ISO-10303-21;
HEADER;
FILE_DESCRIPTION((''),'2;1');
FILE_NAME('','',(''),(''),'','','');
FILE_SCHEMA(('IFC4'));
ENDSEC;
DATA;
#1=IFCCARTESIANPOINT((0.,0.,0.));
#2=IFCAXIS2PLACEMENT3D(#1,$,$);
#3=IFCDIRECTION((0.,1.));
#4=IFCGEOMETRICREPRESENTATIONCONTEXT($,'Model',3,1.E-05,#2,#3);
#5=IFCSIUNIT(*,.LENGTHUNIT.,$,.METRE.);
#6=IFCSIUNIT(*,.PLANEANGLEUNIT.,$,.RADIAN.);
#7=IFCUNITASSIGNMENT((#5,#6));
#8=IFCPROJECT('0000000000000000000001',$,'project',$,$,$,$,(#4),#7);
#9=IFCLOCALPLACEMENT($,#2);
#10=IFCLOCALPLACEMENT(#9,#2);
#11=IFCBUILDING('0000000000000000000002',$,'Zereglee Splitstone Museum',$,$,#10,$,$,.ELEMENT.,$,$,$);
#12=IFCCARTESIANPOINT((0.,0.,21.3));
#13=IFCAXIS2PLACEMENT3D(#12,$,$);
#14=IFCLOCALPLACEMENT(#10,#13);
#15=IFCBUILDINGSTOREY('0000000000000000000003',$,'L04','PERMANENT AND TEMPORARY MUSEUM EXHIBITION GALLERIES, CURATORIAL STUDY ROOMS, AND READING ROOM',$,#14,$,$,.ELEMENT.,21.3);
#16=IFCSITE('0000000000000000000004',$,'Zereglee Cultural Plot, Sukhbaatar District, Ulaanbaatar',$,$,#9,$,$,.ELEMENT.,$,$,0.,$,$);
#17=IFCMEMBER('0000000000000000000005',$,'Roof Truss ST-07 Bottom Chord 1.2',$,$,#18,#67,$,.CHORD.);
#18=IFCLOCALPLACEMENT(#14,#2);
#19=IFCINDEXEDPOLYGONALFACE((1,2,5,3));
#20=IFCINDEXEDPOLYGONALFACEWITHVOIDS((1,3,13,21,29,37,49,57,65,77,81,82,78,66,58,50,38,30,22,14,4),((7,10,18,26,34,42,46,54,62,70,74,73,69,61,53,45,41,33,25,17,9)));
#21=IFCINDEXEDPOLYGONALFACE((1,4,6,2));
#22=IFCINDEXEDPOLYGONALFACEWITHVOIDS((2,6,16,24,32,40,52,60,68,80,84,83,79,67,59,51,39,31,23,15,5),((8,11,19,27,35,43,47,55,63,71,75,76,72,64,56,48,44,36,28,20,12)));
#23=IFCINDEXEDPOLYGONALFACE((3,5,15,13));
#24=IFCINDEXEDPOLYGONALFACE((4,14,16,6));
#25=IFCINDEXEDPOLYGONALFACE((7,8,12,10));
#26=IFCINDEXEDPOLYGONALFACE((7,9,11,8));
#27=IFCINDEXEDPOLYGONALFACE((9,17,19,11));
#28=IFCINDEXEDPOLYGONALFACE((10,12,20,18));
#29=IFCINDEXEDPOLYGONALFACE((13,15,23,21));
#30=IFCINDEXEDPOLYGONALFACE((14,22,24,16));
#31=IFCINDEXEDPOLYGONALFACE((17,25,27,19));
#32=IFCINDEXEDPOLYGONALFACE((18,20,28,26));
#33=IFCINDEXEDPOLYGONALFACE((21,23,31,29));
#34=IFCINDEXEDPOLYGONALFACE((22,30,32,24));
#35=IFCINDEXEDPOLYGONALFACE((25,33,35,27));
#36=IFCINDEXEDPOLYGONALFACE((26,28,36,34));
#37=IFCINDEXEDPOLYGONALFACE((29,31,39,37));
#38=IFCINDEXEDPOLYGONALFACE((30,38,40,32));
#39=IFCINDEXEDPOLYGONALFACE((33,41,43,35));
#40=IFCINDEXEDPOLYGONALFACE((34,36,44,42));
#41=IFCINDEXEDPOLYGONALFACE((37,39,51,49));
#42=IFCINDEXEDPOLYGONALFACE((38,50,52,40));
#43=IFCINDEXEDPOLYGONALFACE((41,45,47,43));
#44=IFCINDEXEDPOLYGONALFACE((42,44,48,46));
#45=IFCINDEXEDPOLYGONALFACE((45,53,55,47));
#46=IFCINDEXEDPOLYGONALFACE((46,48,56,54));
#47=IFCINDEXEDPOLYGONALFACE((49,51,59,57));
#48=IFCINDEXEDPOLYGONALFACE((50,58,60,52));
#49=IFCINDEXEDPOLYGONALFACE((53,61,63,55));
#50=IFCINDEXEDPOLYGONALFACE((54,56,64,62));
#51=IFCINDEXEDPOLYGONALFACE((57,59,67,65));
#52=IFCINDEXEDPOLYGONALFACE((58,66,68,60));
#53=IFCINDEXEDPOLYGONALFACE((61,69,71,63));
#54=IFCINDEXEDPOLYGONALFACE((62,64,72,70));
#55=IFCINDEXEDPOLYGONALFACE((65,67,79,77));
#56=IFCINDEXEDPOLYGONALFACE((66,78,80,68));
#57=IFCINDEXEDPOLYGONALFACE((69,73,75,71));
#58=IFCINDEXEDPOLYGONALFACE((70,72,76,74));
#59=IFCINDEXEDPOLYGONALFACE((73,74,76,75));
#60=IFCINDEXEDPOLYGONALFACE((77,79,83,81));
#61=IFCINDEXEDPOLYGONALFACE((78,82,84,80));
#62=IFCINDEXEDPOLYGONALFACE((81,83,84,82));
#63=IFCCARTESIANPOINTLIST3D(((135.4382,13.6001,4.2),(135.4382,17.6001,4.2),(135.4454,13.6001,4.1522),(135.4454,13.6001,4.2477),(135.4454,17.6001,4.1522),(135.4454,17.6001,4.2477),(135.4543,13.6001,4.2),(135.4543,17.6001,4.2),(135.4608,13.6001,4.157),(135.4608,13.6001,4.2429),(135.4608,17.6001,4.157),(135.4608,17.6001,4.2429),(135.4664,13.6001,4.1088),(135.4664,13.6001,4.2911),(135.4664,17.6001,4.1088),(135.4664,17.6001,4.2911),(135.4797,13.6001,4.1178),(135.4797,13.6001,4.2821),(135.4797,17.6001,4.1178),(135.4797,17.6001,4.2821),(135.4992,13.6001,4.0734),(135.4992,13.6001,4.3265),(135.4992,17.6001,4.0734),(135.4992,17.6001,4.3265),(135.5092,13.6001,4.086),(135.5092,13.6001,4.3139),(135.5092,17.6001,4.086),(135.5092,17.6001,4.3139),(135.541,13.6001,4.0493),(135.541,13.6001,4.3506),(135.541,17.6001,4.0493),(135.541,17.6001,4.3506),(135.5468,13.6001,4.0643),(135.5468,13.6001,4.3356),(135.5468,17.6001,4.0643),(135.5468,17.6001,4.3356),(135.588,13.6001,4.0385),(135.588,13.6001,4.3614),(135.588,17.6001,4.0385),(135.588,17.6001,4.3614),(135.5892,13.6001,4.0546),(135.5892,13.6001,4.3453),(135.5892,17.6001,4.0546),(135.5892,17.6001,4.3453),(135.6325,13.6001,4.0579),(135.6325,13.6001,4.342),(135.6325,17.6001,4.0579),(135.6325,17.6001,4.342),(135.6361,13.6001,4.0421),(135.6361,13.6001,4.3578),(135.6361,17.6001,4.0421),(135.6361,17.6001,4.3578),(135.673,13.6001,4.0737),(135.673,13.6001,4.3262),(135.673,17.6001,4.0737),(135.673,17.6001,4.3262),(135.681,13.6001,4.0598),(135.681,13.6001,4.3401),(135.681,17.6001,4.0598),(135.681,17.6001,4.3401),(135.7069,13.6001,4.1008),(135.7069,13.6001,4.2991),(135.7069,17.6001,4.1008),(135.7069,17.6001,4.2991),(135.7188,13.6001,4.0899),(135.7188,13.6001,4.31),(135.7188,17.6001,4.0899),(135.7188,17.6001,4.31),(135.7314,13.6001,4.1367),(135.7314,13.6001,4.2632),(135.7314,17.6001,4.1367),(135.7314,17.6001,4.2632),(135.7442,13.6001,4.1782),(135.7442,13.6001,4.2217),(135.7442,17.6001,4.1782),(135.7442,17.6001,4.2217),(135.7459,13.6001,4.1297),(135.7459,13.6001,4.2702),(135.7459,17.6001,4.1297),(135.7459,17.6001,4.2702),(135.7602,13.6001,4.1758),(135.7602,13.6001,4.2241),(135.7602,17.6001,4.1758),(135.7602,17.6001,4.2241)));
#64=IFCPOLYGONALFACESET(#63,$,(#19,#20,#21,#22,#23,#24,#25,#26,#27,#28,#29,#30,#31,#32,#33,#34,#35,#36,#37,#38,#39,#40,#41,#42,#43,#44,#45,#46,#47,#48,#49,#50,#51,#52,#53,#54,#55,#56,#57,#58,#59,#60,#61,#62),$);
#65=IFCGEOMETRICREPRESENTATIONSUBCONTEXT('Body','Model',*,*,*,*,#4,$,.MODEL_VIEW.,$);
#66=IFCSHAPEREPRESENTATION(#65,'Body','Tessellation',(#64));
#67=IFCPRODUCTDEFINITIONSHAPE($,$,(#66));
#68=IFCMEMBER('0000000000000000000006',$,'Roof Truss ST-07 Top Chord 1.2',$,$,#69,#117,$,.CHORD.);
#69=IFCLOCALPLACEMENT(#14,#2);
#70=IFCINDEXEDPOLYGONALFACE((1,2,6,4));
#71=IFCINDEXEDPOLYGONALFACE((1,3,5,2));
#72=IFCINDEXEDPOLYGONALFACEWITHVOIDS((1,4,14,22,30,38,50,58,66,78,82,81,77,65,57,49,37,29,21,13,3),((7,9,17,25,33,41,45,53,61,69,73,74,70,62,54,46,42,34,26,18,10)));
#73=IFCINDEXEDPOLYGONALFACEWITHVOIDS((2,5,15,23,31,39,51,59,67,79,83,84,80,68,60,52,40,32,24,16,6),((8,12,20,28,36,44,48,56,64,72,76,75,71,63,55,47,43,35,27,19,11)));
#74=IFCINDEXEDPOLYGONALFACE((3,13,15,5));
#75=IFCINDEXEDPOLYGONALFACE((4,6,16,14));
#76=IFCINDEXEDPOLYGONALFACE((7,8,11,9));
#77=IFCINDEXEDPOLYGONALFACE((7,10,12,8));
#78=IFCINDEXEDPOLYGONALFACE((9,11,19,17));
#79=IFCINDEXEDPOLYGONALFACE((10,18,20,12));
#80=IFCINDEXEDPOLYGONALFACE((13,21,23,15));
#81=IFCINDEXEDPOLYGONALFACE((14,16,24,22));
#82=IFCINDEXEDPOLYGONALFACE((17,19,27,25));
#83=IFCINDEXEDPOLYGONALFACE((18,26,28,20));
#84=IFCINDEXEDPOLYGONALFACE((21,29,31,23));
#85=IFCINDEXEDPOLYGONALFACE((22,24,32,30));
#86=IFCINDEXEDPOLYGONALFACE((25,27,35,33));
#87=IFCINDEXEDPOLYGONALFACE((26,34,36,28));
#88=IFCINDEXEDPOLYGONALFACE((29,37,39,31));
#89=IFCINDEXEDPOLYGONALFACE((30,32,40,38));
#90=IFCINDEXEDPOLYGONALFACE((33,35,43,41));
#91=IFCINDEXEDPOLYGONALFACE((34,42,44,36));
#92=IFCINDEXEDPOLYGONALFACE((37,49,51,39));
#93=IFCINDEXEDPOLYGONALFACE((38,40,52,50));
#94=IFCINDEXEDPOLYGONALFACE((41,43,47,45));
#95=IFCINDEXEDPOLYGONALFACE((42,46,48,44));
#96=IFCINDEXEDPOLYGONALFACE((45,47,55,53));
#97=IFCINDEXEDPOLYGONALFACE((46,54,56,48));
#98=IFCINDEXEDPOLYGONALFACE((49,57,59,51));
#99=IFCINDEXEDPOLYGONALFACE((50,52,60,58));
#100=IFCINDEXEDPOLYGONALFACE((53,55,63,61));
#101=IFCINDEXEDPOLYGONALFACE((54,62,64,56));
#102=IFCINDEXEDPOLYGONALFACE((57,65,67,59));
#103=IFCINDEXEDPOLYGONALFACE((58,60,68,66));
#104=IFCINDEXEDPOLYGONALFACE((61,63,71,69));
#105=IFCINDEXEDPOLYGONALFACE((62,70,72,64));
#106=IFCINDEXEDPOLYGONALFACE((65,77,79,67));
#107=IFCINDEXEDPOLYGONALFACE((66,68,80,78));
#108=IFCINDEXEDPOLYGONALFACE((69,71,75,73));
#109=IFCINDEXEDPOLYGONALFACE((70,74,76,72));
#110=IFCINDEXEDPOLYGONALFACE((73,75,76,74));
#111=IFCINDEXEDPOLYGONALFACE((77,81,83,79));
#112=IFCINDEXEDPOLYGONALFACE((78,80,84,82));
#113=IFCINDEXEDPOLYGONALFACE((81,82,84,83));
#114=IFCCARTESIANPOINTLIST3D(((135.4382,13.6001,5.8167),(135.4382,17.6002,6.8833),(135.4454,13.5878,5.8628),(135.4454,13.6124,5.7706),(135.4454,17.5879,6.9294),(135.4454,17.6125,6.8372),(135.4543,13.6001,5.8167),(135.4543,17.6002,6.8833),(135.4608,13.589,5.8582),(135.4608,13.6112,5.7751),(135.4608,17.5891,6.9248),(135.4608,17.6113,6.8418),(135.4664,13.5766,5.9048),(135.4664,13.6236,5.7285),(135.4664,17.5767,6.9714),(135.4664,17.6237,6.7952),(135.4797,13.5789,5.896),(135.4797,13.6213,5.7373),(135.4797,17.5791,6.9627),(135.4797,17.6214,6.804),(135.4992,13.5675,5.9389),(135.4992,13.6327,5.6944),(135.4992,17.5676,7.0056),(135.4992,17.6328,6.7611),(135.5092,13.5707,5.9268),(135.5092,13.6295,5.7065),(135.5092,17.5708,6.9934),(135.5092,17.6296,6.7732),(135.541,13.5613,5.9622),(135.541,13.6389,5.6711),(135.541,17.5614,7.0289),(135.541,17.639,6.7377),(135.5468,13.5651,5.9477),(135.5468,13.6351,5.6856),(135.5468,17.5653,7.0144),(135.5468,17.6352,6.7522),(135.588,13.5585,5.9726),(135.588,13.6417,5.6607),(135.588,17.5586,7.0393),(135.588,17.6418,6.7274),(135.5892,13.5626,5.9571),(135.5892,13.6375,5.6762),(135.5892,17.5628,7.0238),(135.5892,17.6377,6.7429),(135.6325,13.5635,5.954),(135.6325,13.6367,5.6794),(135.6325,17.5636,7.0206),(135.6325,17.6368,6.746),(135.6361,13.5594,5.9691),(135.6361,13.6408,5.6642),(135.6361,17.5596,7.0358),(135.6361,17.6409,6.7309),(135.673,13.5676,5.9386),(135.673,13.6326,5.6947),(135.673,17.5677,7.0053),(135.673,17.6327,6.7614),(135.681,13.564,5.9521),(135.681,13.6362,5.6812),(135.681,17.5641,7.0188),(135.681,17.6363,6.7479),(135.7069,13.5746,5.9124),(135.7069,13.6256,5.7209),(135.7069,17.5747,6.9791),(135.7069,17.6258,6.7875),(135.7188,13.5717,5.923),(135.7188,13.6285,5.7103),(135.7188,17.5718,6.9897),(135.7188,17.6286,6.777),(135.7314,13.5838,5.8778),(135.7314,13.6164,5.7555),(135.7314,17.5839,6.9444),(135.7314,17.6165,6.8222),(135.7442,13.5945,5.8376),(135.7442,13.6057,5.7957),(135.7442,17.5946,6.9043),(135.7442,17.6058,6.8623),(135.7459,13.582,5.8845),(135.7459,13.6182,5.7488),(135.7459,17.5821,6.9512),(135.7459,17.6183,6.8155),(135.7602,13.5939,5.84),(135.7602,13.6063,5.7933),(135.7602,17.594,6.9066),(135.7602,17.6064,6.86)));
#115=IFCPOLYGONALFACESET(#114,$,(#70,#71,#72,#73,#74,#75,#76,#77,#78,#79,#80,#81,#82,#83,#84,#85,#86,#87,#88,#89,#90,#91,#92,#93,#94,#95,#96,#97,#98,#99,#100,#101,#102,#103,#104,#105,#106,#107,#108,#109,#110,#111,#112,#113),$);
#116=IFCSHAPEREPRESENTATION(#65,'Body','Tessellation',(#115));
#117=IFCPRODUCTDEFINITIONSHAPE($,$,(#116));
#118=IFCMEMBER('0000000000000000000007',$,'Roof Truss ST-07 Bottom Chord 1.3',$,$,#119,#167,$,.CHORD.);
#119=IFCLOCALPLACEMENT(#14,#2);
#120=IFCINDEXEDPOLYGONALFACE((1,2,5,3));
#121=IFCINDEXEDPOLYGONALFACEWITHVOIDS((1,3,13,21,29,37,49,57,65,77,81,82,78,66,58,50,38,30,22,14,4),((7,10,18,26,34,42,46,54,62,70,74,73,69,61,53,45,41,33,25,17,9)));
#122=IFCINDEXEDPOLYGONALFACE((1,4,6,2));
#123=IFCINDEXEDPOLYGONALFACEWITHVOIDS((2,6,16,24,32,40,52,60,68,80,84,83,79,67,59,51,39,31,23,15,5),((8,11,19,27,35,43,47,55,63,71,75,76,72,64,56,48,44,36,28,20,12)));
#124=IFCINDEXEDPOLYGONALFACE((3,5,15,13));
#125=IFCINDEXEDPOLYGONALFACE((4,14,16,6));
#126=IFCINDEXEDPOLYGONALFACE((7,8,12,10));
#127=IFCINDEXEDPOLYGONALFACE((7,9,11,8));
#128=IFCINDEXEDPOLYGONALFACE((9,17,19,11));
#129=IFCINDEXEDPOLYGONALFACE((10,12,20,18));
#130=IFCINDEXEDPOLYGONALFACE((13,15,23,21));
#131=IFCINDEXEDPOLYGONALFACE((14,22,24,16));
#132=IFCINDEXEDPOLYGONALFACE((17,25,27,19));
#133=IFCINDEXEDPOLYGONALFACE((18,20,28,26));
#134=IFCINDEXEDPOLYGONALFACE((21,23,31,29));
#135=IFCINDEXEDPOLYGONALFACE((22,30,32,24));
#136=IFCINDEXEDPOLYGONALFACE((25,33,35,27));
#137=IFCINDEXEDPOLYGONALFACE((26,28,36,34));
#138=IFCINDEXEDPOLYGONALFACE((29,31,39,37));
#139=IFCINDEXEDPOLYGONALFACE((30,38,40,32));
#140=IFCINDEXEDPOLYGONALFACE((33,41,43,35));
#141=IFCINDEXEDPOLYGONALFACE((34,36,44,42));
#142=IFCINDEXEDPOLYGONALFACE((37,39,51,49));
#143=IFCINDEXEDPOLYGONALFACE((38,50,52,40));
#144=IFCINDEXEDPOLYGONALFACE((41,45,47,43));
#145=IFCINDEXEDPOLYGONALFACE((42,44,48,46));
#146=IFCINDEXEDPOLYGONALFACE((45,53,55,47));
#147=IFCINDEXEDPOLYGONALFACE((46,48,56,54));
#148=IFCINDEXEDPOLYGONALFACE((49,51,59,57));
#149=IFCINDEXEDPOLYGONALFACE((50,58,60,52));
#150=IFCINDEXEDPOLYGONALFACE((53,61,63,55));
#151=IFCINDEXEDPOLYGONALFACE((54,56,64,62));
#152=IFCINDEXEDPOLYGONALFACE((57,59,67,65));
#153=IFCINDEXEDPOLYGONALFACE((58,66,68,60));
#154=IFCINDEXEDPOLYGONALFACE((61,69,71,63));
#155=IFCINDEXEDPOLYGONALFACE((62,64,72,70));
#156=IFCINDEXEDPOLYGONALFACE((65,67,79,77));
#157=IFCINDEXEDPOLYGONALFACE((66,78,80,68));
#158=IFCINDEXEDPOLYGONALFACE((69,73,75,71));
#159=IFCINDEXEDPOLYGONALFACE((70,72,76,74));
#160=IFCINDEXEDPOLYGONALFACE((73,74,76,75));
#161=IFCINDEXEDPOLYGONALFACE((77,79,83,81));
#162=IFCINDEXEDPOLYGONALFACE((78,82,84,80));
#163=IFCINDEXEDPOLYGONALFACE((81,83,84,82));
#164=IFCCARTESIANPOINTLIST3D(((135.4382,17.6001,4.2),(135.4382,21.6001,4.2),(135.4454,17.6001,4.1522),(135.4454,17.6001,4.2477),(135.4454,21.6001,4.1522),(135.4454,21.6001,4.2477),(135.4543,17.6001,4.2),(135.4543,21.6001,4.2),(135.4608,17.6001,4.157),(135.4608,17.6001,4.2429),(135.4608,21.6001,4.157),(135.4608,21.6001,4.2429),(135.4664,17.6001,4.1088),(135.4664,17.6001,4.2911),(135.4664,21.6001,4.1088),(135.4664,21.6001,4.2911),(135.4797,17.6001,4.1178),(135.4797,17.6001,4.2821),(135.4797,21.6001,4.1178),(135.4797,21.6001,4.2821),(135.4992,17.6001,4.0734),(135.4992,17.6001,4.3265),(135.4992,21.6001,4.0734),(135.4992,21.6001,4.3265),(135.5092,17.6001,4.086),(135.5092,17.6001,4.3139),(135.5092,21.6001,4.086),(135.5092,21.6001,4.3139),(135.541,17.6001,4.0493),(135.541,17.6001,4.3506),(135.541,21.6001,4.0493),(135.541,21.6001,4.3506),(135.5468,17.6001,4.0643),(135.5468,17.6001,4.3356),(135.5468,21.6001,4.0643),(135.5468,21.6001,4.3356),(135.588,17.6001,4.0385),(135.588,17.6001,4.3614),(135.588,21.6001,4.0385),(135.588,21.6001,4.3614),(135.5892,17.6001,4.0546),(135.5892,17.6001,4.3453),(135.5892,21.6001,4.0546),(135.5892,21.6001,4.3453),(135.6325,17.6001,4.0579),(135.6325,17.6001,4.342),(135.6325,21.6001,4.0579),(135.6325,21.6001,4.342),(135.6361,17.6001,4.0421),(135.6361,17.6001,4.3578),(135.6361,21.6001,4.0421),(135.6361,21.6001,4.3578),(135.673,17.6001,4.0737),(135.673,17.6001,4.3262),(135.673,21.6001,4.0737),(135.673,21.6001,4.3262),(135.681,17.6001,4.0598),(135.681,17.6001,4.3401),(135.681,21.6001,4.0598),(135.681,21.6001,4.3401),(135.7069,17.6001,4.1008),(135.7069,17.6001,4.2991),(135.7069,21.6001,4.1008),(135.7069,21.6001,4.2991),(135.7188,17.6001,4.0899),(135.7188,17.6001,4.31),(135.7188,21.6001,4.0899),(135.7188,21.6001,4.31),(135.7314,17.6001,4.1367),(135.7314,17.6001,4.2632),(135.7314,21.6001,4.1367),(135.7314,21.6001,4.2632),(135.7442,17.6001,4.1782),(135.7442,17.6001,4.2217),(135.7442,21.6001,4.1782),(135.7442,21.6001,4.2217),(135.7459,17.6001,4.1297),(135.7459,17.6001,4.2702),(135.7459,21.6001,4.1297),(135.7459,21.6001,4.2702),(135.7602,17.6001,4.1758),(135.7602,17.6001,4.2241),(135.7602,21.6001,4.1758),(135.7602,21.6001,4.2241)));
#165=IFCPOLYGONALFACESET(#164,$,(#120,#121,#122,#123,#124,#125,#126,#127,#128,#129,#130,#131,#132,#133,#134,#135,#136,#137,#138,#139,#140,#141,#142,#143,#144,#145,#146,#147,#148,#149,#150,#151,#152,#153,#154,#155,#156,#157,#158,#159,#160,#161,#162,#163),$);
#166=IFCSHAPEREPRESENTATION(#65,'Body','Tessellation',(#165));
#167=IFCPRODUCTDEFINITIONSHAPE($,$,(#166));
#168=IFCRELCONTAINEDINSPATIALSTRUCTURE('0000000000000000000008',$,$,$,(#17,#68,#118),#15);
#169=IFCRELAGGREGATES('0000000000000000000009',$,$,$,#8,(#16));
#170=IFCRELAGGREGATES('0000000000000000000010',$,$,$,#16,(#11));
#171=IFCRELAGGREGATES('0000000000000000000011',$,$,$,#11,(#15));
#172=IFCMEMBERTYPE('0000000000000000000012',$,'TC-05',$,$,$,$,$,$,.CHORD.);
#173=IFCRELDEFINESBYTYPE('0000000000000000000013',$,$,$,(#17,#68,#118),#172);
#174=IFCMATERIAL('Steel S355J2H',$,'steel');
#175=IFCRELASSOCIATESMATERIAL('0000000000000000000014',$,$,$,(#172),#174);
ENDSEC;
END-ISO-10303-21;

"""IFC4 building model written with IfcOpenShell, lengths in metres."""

from ifc_helpers import new_model, si_unit, direction, frame, origin, origin_2d, place, context, subcontext, project, spatial, hollow_circle, extrude, material, material_profile, profile_set, type_object, element, save


model = new_model("IFC4")

# Units and contexts
model_context = context("Model", 3, precision=1e-05, world=origin(), true_north=direction((0.0, 1.0)))
body_context = subcontext(model_context, "Body", "Model", "MODEL_VIEW")
ifc_project = project(units=[si_unit("LENGTHUNIT", "METRE"), si_unit("PLANEANGLEUNIT", "RADIAN")], contexts=[model_context])

# Site, building, storey
site_placement = place(None, origin())
site = spatial("IfcSite", under=ifc_project, at=site_placement, Name="Zereglee Cultural Plot, Sukhbaatar District, Ulaanbaatar", CompositionType="ELEMENT", RefElevation=0.0)
building_placement = place(site_placement, origin())
building = spatial("IfcBuilding", under=site, at=building_placement, Name="Zereglee Splitstone Museum", CompositionType="ELEMENT")
storey_placement = place(building_placement, frame((0.0, 0.0, 21.3)))
storey = spatial("IfcBuildingStorey", under=building, at=storey_placement, Name="L04", Description="PERMANENT AND TEMPORARY MUSEUM EXHIBITION GALLERIES, CURATORIAL STUDY ROOMS, AND READING ROOM", CompositionType="ELEMENT", Elevation=21.3)

# Members
ifc_material_1 = material(Name="Steel S355J2H", Category="steel")
ifc_material_profile_1 = material_profile(ifc_material_1, hollow_circle(Radius=0.1619, WallThickness=0.0161, at=origin_2d()), Name="CHS 323.9x16")
ifc_profile_set_1 = profile_set([ifc_material_profile_1], Name="Steel S355J2H")
member_type_1 = type_object("IfcMemberType", Name="TC-05", PredefinedType="CHORD", material=ifc_profile_set_1)
member_1_placement = place(storey_placement, frame((135.6001, 13.6001, 4.2), z_axis=(0.0, 1.0, 0.0), x_axis=(-1.0, 0.0, 0.0)))
element("IfcMember", 1, at=member_1_placement, inside=storey, type_object=member_type_1, Name="Roof Truss ST-07 Bottom Chord 1.2", PredefinedType="CHORD", context=body_context, shape_type="SweptSolid", body=[
    extrude(hollow_circle(Radius=0.1619, WallThickness=0.0161, at=origin_2d()), origin(), (0.0, 0.0, 1.0), 4.0),
])
member_2_placement = place(storey_placement, frame((135.6001, 13.6001, 5.8167), z_axis=(0.0, 0.966236, 0.257659), x_axis=(-1.0, 0.0, 0.0)))
element("IfcMember", 2, at=member_2_placement, inside=storey, type_object=member_type_1, Name="Roof Truss ST-07 Top Chord 1.2", PredefinedType="CHORD", context=body_context, shape_type="SweptSolid", body=[
    extrude(hollow_circle(Radius=0.1619, WallThickness=0.0161, at=origin_2d()), origin(), (0.0, 0.0, 1.0), 4.1399),
])
member_3_placement = place(storey_placement, frame((135.6001, 17.6001, 4.2), z_axis=(0.0, 1.0, 0.0), x_axis=(-1.0, 0.0, 0.0)))
element("IfcMember", 3, at=member_3_placement, inside=storey, type_object=member_type_1, Name="Roof Truss ST-07 Bottom Chord 1.3", PredefinedType="CHORD", context=body_context, shape_type="SweptSolid", body=[
    extrude(hollow_circle(Radius=0.1619, WallThickness=0.0161, at=origin_2d()), origin(), (0.0, 0.0, 1.0), 4.0),
])

save(model, "model.ifc")
